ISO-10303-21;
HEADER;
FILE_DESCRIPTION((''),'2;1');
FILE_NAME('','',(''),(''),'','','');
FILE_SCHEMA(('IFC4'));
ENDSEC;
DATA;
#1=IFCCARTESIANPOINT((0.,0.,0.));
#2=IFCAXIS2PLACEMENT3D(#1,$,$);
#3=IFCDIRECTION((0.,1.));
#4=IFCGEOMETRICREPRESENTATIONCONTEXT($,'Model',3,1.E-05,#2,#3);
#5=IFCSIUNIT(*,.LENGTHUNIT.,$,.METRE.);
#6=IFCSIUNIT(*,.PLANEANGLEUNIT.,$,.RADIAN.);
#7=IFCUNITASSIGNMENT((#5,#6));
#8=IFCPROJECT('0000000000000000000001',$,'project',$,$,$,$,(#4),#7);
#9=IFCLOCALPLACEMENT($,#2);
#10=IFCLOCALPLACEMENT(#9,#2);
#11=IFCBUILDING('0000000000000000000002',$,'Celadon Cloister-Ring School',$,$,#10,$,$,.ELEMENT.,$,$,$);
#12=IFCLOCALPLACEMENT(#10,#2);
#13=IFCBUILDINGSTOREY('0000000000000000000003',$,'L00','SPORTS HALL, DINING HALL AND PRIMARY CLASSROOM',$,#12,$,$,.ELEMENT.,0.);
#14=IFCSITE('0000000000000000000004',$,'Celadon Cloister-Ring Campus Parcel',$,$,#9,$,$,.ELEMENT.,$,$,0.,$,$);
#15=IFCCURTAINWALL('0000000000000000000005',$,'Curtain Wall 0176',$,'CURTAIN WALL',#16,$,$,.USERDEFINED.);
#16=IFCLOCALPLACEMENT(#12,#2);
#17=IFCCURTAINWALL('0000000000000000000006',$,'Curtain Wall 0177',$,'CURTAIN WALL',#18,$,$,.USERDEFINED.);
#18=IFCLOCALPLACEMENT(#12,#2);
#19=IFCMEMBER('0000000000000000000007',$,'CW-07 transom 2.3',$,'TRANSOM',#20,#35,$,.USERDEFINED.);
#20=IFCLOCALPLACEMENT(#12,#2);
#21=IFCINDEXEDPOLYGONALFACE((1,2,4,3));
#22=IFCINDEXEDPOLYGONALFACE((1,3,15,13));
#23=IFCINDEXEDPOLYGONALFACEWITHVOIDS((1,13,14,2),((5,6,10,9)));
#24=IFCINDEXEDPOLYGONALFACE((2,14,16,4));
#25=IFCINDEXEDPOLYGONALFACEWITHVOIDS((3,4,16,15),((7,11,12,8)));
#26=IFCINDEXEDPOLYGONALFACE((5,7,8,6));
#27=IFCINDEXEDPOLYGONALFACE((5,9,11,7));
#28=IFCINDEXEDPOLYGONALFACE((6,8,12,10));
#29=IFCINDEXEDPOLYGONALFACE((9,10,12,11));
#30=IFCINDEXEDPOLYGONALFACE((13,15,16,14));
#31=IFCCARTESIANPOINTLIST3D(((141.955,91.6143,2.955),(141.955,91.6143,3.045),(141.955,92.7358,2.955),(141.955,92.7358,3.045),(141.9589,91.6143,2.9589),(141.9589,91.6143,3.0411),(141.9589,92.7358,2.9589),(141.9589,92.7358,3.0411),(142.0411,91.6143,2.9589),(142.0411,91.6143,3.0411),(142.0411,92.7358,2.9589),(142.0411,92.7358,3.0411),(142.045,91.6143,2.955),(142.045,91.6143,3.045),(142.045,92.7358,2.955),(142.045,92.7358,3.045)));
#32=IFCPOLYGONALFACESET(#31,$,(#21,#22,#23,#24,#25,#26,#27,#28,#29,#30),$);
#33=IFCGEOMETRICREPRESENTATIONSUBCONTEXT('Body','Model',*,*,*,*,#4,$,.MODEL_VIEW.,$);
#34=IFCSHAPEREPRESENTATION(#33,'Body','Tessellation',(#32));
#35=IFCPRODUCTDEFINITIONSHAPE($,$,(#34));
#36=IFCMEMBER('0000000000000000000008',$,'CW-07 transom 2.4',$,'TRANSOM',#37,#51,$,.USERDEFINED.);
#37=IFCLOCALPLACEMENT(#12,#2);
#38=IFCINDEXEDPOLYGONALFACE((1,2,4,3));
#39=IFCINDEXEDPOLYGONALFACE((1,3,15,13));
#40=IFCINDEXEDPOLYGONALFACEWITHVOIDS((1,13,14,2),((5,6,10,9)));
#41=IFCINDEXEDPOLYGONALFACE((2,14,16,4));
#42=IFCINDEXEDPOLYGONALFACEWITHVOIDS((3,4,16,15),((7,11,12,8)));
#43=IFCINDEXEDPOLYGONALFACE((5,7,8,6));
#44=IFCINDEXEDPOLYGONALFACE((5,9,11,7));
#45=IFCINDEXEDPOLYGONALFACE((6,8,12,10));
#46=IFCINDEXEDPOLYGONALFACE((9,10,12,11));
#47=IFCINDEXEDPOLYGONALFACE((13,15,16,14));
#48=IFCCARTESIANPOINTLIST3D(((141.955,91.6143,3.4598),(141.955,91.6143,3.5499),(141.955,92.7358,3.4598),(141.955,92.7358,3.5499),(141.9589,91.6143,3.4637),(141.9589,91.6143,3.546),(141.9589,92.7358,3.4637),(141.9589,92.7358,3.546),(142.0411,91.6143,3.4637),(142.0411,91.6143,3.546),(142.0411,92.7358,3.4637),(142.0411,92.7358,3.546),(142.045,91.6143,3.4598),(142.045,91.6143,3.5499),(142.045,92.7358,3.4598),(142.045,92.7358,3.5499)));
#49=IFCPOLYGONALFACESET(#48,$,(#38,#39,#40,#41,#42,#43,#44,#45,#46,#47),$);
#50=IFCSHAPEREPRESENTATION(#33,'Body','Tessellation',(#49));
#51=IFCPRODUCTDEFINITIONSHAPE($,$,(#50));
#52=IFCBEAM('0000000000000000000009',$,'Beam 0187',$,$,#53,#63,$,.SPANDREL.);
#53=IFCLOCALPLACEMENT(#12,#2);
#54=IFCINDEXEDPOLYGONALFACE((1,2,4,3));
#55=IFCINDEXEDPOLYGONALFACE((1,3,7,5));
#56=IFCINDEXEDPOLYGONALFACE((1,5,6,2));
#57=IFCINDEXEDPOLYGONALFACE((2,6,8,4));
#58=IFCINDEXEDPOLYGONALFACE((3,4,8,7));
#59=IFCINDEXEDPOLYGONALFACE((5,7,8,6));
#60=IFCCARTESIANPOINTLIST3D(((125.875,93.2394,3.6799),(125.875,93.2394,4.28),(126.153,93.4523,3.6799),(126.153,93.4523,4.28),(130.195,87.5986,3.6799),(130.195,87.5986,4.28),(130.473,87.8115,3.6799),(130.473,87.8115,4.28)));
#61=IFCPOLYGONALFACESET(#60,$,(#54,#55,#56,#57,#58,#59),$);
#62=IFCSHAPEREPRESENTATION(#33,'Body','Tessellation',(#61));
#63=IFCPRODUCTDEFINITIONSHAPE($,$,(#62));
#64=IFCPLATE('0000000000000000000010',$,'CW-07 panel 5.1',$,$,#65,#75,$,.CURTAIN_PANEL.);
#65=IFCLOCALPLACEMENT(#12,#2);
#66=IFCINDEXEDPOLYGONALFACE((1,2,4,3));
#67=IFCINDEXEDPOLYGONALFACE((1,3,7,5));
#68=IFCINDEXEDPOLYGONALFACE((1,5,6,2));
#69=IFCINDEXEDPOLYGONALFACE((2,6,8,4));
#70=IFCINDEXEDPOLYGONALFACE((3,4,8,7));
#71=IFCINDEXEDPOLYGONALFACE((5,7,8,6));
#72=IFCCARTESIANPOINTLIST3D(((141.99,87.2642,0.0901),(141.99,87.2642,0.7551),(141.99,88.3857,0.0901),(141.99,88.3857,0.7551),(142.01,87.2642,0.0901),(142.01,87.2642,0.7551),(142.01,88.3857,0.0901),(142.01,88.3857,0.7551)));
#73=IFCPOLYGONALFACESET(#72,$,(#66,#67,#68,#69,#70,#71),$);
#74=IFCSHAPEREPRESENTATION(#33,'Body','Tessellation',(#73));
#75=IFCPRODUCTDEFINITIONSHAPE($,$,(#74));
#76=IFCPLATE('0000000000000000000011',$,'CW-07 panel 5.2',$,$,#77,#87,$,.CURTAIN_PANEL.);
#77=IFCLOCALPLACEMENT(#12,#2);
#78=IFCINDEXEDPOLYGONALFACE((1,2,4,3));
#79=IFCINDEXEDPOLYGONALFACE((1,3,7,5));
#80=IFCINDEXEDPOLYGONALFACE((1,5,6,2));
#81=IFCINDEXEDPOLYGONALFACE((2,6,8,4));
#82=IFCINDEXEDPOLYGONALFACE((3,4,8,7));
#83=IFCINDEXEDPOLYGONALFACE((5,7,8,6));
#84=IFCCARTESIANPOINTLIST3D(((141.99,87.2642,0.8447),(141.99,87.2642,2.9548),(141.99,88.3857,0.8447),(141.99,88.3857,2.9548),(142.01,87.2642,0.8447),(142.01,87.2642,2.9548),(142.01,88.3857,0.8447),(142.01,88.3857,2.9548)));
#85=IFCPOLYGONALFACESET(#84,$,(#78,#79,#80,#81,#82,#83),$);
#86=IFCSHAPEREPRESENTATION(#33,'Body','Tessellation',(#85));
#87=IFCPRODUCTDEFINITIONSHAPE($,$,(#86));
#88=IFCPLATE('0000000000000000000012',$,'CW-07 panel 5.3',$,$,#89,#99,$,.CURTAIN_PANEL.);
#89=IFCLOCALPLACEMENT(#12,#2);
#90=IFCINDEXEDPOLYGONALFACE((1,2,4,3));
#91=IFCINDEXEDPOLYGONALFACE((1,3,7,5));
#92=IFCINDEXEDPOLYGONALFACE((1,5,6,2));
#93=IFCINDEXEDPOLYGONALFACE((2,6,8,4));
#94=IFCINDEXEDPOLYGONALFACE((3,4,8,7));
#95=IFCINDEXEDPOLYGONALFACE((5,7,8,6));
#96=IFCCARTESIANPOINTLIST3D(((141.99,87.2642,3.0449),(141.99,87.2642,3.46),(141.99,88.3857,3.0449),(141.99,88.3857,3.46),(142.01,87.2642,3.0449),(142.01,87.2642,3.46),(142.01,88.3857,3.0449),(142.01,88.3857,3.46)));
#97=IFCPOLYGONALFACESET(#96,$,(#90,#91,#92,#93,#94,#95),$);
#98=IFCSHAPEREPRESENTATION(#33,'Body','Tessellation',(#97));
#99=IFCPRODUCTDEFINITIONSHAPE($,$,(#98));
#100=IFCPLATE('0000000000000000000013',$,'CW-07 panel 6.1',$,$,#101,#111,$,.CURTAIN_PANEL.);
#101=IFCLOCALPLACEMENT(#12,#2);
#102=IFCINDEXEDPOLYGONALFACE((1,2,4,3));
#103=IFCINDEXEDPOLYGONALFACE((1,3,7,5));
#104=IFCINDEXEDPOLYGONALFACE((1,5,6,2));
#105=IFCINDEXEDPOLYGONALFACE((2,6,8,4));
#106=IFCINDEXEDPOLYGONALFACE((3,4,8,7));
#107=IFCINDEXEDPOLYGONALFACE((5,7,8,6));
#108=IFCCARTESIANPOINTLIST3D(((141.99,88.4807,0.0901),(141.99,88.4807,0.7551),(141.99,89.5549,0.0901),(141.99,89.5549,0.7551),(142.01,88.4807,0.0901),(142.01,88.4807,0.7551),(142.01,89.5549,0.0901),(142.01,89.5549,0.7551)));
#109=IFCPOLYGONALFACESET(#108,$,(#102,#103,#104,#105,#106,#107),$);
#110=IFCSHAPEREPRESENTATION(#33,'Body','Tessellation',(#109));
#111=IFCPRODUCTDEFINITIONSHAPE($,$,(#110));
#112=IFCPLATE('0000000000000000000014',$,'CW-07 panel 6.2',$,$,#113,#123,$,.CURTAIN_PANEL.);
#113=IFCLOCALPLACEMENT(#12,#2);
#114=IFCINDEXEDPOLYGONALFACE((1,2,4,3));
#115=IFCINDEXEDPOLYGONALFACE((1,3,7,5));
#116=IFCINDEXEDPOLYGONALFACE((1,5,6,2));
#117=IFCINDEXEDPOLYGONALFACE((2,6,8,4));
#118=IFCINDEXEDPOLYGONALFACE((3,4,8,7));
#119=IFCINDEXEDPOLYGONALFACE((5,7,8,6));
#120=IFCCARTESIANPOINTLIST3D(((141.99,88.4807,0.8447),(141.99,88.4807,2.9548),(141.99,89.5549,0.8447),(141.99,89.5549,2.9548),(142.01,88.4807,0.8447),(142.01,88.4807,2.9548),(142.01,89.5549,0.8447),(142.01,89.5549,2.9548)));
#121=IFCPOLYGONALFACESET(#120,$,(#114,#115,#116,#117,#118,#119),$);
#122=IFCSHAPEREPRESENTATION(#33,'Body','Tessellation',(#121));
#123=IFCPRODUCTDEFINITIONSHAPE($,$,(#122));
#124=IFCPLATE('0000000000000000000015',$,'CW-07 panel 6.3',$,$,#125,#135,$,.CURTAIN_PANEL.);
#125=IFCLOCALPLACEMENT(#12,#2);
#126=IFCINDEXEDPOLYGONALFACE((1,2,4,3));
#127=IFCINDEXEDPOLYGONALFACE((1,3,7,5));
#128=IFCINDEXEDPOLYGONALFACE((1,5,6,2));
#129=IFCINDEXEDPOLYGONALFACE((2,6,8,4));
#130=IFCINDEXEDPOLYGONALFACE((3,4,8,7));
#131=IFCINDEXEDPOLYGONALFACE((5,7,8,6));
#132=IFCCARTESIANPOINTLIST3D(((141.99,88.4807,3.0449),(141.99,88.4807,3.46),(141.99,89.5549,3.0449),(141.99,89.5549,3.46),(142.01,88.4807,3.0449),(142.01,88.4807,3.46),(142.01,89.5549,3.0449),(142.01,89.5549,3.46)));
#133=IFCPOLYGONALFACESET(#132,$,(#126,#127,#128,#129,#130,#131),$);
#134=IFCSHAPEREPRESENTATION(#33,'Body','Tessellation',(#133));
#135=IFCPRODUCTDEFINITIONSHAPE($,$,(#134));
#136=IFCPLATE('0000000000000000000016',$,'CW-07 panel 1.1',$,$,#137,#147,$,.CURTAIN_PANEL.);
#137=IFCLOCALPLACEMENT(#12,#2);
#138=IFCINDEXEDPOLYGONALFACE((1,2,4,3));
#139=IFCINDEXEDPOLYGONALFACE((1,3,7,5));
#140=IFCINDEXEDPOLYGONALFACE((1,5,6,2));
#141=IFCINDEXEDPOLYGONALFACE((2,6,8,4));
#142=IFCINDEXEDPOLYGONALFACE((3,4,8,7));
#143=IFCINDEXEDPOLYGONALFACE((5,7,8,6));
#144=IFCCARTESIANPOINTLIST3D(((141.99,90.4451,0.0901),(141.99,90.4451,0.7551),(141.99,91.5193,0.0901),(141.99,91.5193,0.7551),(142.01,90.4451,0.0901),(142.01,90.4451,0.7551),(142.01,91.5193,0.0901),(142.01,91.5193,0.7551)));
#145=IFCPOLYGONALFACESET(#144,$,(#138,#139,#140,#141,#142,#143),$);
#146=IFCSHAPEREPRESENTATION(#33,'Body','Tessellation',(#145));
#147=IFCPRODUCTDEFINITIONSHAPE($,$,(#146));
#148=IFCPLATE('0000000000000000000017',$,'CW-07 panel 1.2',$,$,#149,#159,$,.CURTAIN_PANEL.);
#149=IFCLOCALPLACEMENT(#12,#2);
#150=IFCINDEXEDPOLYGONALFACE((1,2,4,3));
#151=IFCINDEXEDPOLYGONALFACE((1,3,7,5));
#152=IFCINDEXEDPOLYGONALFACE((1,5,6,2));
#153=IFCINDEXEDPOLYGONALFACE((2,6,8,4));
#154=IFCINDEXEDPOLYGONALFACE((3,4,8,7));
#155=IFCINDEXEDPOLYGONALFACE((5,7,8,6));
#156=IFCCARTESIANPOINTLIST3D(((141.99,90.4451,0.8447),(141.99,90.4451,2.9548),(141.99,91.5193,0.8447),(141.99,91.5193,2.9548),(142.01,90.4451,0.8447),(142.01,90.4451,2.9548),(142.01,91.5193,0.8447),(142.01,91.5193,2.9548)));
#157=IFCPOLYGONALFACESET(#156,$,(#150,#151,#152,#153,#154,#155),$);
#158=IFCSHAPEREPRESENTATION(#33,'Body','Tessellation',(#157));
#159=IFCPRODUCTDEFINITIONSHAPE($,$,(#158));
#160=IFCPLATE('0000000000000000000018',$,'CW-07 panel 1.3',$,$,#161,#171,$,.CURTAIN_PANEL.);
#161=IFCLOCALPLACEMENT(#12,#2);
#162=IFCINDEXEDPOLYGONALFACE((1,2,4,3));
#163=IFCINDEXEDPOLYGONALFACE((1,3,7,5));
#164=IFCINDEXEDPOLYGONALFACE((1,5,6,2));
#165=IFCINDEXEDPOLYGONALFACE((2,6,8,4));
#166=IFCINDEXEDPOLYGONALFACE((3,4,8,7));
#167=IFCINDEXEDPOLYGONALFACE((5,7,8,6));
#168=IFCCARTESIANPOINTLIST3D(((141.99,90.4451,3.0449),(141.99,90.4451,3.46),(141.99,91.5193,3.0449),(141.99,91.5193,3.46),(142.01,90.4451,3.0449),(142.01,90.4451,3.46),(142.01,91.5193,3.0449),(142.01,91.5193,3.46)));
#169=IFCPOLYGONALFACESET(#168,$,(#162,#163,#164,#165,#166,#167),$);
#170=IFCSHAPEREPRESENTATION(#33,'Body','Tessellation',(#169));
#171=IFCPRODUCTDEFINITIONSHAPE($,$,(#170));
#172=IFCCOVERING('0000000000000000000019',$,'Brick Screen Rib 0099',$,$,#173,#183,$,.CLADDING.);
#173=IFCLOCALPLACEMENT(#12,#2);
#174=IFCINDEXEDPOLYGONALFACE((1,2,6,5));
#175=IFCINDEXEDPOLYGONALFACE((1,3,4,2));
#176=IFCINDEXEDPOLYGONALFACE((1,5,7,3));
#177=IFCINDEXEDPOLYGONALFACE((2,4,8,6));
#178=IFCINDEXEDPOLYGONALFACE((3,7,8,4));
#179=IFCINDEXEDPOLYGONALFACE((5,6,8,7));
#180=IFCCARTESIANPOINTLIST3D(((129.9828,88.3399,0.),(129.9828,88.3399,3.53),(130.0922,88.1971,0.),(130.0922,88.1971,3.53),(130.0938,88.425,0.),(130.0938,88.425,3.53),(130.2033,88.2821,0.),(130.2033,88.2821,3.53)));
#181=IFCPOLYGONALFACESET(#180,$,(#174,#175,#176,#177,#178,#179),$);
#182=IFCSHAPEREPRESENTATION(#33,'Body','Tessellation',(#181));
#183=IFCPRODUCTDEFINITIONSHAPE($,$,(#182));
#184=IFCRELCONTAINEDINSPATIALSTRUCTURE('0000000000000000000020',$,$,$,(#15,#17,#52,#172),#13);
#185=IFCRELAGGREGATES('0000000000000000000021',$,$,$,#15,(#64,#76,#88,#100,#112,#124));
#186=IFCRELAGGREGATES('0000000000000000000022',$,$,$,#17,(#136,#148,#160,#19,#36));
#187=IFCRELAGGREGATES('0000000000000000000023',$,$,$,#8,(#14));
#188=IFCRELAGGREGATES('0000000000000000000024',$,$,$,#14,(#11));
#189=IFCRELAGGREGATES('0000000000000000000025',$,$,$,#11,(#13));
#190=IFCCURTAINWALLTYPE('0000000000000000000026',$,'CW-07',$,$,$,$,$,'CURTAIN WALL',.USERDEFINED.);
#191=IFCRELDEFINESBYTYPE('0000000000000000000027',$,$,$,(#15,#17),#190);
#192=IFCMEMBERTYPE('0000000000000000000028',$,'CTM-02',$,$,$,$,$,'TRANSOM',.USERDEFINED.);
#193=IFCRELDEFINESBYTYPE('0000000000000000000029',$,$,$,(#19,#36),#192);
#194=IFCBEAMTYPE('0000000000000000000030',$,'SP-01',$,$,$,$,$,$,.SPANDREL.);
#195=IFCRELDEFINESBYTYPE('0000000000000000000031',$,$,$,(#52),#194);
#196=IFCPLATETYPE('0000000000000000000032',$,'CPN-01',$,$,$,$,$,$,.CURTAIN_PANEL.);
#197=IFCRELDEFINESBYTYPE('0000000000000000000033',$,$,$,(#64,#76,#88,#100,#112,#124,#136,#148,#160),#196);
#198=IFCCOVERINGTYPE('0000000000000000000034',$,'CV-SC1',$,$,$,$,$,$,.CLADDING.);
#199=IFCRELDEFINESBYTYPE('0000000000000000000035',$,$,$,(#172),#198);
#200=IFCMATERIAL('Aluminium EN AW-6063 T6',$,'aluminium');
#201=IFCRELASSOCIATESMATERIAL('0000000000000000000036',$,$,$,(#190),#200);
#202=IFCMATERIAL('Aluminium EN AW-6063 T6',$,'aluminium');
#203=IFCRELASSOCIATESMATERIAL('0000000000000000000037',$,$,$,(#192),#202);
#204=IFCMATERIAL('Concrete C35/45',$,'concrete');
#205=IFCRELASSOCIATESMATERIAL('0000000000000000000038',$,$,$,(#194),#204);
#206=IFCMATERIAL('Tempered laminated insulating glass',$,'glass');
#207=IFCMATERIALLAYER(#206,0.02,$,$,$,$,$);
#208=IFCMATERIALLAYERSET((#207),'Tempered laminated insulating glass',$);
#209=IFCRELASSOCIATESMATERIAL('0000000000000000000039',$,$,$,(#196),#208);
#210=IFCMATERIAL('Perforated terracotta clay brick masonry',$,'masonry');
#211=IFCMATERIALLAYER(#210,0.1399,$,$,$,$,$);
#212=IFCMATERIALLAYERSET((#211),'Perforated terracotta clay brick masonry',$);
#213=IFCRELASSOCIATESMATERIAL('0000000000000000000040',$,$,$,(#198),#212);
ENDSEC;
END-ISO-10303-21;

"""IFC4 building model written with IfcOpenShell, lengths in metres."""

from ifc_helpers import new_model, si_unit, direction, frame, origin, origin_2d, place, context, subcontext, project, spatial, rectangle, hollow_rectangle, extrude, material, layer, layer_set, material_profile, profile_set, type_object, element, aggregate, save


model = new_model("IFC4")

# Units and contexts
model_context = context("Model", 3, precision=1e-05, world=origin(), true_north=direction((0.0, 1.0)))
body_context = subcontext(model_context, "Body", "Model", "MODEL_VIEW")
ifc_project = project(units=[si_unit("LENGTHUNIT", "METRE"), si_unit("PLANEANGLEUNIT", "RADIAN")], contexts=[model_context])

# Site, building, storey
site_placement = place(None, origin())
site = spatial("IfcSite", under=ifc_project, at=site_placement, Name="Celadon Cloister-Ring Campus Parcel", CompositionType="ELEMENT", RefElevation=0.0)
building_placement = place(site_placement, origin())
building = spatial("IfcBuilding", under=site, at=building_placement, Name="Celadon Cloister-Ring School", CompositionType="ELEMENT")
storey_placement = place(building_placement, origin())
storey = spatial("IfcBuildingStorey", under=building, at=storey_placement, Name="L00", Description="SPORTS HALL, DINING HALL AND PRIMARY CLASSROOM", CompositionType="ELEMENT", Elevation=0.0)

# Curtain walls
ifc_material_1 = material(Name="Aluminium EN AW-6063 T6", Category="aluminium")
curtain_wall_type = type_object("IfcCurtainWallType", Name="CW-07", ElementType="CURTAIN WALL", PredefinedType="USERDEFINED", material=ifc_material_1)
curtain_wall_1_placement = place(storey_placement, origin())
curtain_wall_1 = element("IfcCurtainWall", 1, at=curtain_wall_1_placement, inside=storey, type_object=curtain_wall_type, Name="Curtain Wall 0176", ObjectType="CURTAIN WALL", PredefinedType="USERDEFINED")
curtain_wall_2_placement = place(storey_placement, origin())
curtain_wall_2 = element("IfcCurtainWall", 2, at=curtain_wall_2_placement, inside=storey, type_object=curtain_wall_type, Name="Curtain Wall 0177", ObjectType="CURTAIN WALL", PredefinedType="USERDEFINED")

# Members
ifc_material_2 = material(Name="Aluminium EN AW-6063 T6", Category="aluminium")
ifc_material_profile_1 = material_profile(ifc_material_2, hollow_rectangle(XDim=0.0901, YDim=0.0901, WallThickness=0.0039, at=origin_2d()), Name="RHS90X90X4")
ifc_profile_set_1 = profile_set([ifc_material_profile_1], Name="Aluminium EN AW-6063 T6")
member_type_1 = type_object("IfcMemberType", Name="CTM-02", ElementType="TRANSOM", PredefinedType="USERDEFINED", material=ifc_profile_set_1)
member_1_placement = place(storey_placement, frame((142.0, 91.6143, 3.0), z_axis=(0.0, 1.0, 0.0), x_axis=(-1.0, 0.0, 0.0)))
member_1 = element("IfcMember", 3, at=member_1_placement, type_object=member_type_1, Name="CW-07 transom 2.3", ObjectType="TRANSOM", PredefinedType="USERDEFINED", context=body_context, shape_type="SweptSolid", body=[
    extrude(hollow_rectangle(XDim=0.0901, YDim=0.0901, WallThickness=0.0039, at=origin_2d()), origin(), (0.0, 0.0, 1.0), 1.1216),
])
member_2_placement = place(storey_placement, frame((142.0, 91.6143, 3.5049), z_axis=(0.0, 1.0, 0.0), x_axis=(-1.0, 0.0, 0.0)))
member_2 = element("IfcMember", 4, at=member_2_placement, type_object=member_type_1, Name="CW-07 transom 2.4", ObjectType="TRANSOM", PredefinedType="USERDEFINED", context=body_context, shape_type="SweptSolid", body=[
    extrude(hollow_rectangle(XDim=0.0901, YDim=0.0901, WallThickness=0.0039, at=origin_2d()), origin(), (0.0, 0.0, 1.0), 1.1216),
])

# Beam
ifc_material_3 = material(Name="Concrete C35/45", Category="concrete")
ifc_material_profile_2 = material_profile(ifc_material_3, rectangle(XDim=0.3501, YDim=0.6001, at=origin_2d()), Name="RC350X600")
ifc_profile_set_2 = profile_set([ifc_material_profile_2], Name="Concrete C35/45")
beam_type_1 = type_object("IfcBeamType", Name="SP-01", PredefinedType="SPANDREL", material=ifc_profile_set_2)
beam_1_placement = place(storey_placement, frame((130.334, 87.7051, 3.98), z_axis=(-0.608024, 0.793919, 0.0), x_axis=(-0.793919, -0.608024, 0.0)))
element("IfcBeam", 5, at=beam_1_placement, inside=storey, type_object=beam_type_1, Name="Beam 0187", PredefinedType="SPANDREL", context=body_context, shape_type="SweptSolid", body=[
    extrude(rectangle(XDim=0.3501, YDim=0.6001, at=origin_2d()), origin(), (0.0, 0.0, 1.0), 7.105),
])

# Plates
ifc_material_4 = material(Name="Tempered laminated insulating glass", Category="glass")
ifc_layer_1 = layer(ifc_material_4, 0.02)
ifc_layer_set_1 = layer_set([ifc_layer_1], Name="Tempered laminated insulating glass")
plate_type = type_object("IfcPlateType", Name="CPN-01", PredefinedType="CURTAIN_PANEL", material=ifc_layer_set_1)
plate_1_placement = place(storey_placement, frame((142.0, 87.825, 0.0901), z_axis=(0.0, 0.0, 1.0), x_axis=(0.0, 1.0, 0.0)))
plate_1 = element("IfcPlate", 6, at=plate_1_placement, type_object=plate_type, Name="CW-07 panel 5.1", PredefinedType="CURTAIN_PANEL", context=body_context, shape_type="SweptSolid", body=[
    extrude(rectangle(XDim=1.1216, YDim=0.02, at=origin_2d()), origin(), (0.0, 0.0, 1.0), 0.665),
])
plate_2_placement = place(storey_placement, frame((142.0, 87.825, 0.8447), z_axis=(0.0, 0.0, 1.0), x_axis=(0.0, 1.0, 0.0)))
plate_2 = element("IfcPlate", 7, at=plate_2_placement, type_object=plate_type, Name="CW-07 panel 5.2", PredefinedType="CURTAIN_PANEL", context=body_context, shape_type="SweptSolid", body=[
    extrude(rectangle(XDim=1.1216, YDim=0.02, at=origin_2d()), origin(), (0.0, 0.0, 1.0), 2.1101),
])
plate_3_placement = place(storey_placement, frame((142.0, 87.825, 3.0449), z_axis=(0.0, 0.0, 1.0), x_axis=(0.0, 1.0, 0.0)))
plate_3 = element("IfcPlate", 8, at=plate_3_placement, type_object=plate_type, Name="CW-07 panel 5.3", PredefinedType="CURTAIN_PANEL", context=body_context, shape_type="SweptSolid", body=[
    extrude(rectangle(XDim=1.1216, YDim=0.02, at=origin_2d()), origin(), (0.0, 0.0, 1.0), 0.415),
])
plate_4_placement = place(storey_placement, frame((142.0, 89.0178, 0.0901), z_axis=(0.0, 0.0, 1.0), x_axis=(0.0, 1.0, 0.0)))
plate_4 = element("IfcPlate", 9, at=plate_4_placement, type_object=plate_type, Name="CW-07 panel 6.1", PredefinedType="CURTAIN_PANEL", context=body_context, shape_type="SweptSolid", body=[
    extrude(rectangle(XDim=1.0742, YDim=0.02, at=origin_2d()), origin(), (0.0, 0.0, 1.0), 0.665),
])
plate_5_placement = place(storey_placement, frame((142.0, 89.0178, 0.8447), z_axis=(0.0, 0.0, 1.0), x_axis=(0.0, 1.0, 0.0)))
plate_5 = element("IfcPlate", 10, at=plate_5_placement, type_object=plate_type, Name="CW-07 panel 6.2", PredefinedType="CURTAIN_PANEL", context=body_context, shape_type="SweptSolid", body=[
    extrude(rectangle(XDim=1.0742, YDim=0.02, at=origin_2d()), origin(), (0.0, 0.0, 1.0), 2.1101),
])
plate_6_placement = place(storey_placement, frame((142.0, 89.0178, 3.0449), z_axis=(0.0, 0.0, 1.0), x_axis=(0.0, 1.0, 0.0)))
plate_6 = element("IfcPlate", 11, at=plate_6_placement, type_object=plate_type, Name="CW-07 panel 6.3", PredefinedType="CURTAIN_PANEL", context=body_context, shape_type="SweptSolid", body=[
    extrude(rectangle(XDim=1.0742, YDim=0.02, at=origin_2d()), origin(), (0.0, 0.0, 1.0), 0.415),
])
aggregate(curtain_wall_1, [plate_1, plate_2, plate_3, plate_4, plate_5, plate_6])
plate_7_placement = place(storey_placement, frame((142.0, 90.9822, 0.0901), z_axis=(0.0, 0.0, 1.0), x_axis=(0.0, 1.0, 0.0)))
plate_7 = element("IfcPlate", 12, at=plate_7_placement, type_object=plate_type, Name="CW-07 panel 1.1", PredefinedType="CURTAIN_PANEL", context=body_context, shape_type="SweptSolid", body=[
    extrude(rectangle(XDim=1.0742, YDim=0.02, at=origin_2d()), origin(), (0.0, 0.0, 1.0), 0.665),
])
plate_8_placement = place(storey_placement, frame((142.0, 90.9822, 0.8447), z_axis=(0.0, 0.0, 1.0), x_axis=(0.0, 1.0, 0.0)))
plate_8 = element("IfcPlate", 13, at=plate_8_placement, type_object=plate_type, Name="CW-07 panel 1.2", PredefinedType="CURTAIN_PANEL", context=body_context, shape_type="SweptSolid", body=[
    extrude(rectangle(XDim=1.0742, YDim=0.02, at=origin_2d()), origin(), (0.0, 0.0, 1.0), 2.1101),
])
plate_9_placement = place(storey_placement, frame((142.0, 90.9822, 3.0449), z_axis=(0.0, 0.0, 1.0), x_axis=(0.0, 1.0, 0.0)))
plate_9 = element("IfcPlate", 14, at=plate_9_placement, type_object=plate_type, Name="CW-07 panel 1.3", PredefinedType="CURTAIN_PANEL", context=body_context, shape_type="SweptSolid", body=[
    extrude(rectangle(XDim=1.0742, YDim=0.02, at=origin_2d()), origin(), (0.0, 0.0, 1.0), 0.415),
])
aggregate(curtain_wall_2, [plate_7, plate_8, plate_9, member_1, member_2])

# Covering
ifc_material_5 = material(Name="Perforated terracotta clay brick masonry", Category="masonry")
ifc_layer_2 = layer(ifc_material_5, 0.1399)
ifc_layer_set_2 = layer_set([ifc_layer_2], Name="Perforated terracotta clay brick masonry")
covering_type = type_object("IfcCoveringType", Name="CV-SC1", PredefinedType="CLADDING", material=ifc_layer_set_2)
covering_placement = place(storey_placement, frame((130.093, 88.311, 0.0), z_axis=(0.0, 0.0, 1.0), x_axis=(0.608041, -0.793906, 0.0)))
element("IfcCovering", 15, at=covering_placement, inside=storey, type_object=covering_type, Name="Brick Screen Rib 0099", PredefinedType="CLADDING", context=body_context, shape_type="SweptSolid", body=[
    extrude(rectangle(XDim=0.1799, YDim=0.1399, at=origin_2d()), origin(), (0.0, 0.0, 1.0), 3.53),
])

save(model, "model.ifc")
